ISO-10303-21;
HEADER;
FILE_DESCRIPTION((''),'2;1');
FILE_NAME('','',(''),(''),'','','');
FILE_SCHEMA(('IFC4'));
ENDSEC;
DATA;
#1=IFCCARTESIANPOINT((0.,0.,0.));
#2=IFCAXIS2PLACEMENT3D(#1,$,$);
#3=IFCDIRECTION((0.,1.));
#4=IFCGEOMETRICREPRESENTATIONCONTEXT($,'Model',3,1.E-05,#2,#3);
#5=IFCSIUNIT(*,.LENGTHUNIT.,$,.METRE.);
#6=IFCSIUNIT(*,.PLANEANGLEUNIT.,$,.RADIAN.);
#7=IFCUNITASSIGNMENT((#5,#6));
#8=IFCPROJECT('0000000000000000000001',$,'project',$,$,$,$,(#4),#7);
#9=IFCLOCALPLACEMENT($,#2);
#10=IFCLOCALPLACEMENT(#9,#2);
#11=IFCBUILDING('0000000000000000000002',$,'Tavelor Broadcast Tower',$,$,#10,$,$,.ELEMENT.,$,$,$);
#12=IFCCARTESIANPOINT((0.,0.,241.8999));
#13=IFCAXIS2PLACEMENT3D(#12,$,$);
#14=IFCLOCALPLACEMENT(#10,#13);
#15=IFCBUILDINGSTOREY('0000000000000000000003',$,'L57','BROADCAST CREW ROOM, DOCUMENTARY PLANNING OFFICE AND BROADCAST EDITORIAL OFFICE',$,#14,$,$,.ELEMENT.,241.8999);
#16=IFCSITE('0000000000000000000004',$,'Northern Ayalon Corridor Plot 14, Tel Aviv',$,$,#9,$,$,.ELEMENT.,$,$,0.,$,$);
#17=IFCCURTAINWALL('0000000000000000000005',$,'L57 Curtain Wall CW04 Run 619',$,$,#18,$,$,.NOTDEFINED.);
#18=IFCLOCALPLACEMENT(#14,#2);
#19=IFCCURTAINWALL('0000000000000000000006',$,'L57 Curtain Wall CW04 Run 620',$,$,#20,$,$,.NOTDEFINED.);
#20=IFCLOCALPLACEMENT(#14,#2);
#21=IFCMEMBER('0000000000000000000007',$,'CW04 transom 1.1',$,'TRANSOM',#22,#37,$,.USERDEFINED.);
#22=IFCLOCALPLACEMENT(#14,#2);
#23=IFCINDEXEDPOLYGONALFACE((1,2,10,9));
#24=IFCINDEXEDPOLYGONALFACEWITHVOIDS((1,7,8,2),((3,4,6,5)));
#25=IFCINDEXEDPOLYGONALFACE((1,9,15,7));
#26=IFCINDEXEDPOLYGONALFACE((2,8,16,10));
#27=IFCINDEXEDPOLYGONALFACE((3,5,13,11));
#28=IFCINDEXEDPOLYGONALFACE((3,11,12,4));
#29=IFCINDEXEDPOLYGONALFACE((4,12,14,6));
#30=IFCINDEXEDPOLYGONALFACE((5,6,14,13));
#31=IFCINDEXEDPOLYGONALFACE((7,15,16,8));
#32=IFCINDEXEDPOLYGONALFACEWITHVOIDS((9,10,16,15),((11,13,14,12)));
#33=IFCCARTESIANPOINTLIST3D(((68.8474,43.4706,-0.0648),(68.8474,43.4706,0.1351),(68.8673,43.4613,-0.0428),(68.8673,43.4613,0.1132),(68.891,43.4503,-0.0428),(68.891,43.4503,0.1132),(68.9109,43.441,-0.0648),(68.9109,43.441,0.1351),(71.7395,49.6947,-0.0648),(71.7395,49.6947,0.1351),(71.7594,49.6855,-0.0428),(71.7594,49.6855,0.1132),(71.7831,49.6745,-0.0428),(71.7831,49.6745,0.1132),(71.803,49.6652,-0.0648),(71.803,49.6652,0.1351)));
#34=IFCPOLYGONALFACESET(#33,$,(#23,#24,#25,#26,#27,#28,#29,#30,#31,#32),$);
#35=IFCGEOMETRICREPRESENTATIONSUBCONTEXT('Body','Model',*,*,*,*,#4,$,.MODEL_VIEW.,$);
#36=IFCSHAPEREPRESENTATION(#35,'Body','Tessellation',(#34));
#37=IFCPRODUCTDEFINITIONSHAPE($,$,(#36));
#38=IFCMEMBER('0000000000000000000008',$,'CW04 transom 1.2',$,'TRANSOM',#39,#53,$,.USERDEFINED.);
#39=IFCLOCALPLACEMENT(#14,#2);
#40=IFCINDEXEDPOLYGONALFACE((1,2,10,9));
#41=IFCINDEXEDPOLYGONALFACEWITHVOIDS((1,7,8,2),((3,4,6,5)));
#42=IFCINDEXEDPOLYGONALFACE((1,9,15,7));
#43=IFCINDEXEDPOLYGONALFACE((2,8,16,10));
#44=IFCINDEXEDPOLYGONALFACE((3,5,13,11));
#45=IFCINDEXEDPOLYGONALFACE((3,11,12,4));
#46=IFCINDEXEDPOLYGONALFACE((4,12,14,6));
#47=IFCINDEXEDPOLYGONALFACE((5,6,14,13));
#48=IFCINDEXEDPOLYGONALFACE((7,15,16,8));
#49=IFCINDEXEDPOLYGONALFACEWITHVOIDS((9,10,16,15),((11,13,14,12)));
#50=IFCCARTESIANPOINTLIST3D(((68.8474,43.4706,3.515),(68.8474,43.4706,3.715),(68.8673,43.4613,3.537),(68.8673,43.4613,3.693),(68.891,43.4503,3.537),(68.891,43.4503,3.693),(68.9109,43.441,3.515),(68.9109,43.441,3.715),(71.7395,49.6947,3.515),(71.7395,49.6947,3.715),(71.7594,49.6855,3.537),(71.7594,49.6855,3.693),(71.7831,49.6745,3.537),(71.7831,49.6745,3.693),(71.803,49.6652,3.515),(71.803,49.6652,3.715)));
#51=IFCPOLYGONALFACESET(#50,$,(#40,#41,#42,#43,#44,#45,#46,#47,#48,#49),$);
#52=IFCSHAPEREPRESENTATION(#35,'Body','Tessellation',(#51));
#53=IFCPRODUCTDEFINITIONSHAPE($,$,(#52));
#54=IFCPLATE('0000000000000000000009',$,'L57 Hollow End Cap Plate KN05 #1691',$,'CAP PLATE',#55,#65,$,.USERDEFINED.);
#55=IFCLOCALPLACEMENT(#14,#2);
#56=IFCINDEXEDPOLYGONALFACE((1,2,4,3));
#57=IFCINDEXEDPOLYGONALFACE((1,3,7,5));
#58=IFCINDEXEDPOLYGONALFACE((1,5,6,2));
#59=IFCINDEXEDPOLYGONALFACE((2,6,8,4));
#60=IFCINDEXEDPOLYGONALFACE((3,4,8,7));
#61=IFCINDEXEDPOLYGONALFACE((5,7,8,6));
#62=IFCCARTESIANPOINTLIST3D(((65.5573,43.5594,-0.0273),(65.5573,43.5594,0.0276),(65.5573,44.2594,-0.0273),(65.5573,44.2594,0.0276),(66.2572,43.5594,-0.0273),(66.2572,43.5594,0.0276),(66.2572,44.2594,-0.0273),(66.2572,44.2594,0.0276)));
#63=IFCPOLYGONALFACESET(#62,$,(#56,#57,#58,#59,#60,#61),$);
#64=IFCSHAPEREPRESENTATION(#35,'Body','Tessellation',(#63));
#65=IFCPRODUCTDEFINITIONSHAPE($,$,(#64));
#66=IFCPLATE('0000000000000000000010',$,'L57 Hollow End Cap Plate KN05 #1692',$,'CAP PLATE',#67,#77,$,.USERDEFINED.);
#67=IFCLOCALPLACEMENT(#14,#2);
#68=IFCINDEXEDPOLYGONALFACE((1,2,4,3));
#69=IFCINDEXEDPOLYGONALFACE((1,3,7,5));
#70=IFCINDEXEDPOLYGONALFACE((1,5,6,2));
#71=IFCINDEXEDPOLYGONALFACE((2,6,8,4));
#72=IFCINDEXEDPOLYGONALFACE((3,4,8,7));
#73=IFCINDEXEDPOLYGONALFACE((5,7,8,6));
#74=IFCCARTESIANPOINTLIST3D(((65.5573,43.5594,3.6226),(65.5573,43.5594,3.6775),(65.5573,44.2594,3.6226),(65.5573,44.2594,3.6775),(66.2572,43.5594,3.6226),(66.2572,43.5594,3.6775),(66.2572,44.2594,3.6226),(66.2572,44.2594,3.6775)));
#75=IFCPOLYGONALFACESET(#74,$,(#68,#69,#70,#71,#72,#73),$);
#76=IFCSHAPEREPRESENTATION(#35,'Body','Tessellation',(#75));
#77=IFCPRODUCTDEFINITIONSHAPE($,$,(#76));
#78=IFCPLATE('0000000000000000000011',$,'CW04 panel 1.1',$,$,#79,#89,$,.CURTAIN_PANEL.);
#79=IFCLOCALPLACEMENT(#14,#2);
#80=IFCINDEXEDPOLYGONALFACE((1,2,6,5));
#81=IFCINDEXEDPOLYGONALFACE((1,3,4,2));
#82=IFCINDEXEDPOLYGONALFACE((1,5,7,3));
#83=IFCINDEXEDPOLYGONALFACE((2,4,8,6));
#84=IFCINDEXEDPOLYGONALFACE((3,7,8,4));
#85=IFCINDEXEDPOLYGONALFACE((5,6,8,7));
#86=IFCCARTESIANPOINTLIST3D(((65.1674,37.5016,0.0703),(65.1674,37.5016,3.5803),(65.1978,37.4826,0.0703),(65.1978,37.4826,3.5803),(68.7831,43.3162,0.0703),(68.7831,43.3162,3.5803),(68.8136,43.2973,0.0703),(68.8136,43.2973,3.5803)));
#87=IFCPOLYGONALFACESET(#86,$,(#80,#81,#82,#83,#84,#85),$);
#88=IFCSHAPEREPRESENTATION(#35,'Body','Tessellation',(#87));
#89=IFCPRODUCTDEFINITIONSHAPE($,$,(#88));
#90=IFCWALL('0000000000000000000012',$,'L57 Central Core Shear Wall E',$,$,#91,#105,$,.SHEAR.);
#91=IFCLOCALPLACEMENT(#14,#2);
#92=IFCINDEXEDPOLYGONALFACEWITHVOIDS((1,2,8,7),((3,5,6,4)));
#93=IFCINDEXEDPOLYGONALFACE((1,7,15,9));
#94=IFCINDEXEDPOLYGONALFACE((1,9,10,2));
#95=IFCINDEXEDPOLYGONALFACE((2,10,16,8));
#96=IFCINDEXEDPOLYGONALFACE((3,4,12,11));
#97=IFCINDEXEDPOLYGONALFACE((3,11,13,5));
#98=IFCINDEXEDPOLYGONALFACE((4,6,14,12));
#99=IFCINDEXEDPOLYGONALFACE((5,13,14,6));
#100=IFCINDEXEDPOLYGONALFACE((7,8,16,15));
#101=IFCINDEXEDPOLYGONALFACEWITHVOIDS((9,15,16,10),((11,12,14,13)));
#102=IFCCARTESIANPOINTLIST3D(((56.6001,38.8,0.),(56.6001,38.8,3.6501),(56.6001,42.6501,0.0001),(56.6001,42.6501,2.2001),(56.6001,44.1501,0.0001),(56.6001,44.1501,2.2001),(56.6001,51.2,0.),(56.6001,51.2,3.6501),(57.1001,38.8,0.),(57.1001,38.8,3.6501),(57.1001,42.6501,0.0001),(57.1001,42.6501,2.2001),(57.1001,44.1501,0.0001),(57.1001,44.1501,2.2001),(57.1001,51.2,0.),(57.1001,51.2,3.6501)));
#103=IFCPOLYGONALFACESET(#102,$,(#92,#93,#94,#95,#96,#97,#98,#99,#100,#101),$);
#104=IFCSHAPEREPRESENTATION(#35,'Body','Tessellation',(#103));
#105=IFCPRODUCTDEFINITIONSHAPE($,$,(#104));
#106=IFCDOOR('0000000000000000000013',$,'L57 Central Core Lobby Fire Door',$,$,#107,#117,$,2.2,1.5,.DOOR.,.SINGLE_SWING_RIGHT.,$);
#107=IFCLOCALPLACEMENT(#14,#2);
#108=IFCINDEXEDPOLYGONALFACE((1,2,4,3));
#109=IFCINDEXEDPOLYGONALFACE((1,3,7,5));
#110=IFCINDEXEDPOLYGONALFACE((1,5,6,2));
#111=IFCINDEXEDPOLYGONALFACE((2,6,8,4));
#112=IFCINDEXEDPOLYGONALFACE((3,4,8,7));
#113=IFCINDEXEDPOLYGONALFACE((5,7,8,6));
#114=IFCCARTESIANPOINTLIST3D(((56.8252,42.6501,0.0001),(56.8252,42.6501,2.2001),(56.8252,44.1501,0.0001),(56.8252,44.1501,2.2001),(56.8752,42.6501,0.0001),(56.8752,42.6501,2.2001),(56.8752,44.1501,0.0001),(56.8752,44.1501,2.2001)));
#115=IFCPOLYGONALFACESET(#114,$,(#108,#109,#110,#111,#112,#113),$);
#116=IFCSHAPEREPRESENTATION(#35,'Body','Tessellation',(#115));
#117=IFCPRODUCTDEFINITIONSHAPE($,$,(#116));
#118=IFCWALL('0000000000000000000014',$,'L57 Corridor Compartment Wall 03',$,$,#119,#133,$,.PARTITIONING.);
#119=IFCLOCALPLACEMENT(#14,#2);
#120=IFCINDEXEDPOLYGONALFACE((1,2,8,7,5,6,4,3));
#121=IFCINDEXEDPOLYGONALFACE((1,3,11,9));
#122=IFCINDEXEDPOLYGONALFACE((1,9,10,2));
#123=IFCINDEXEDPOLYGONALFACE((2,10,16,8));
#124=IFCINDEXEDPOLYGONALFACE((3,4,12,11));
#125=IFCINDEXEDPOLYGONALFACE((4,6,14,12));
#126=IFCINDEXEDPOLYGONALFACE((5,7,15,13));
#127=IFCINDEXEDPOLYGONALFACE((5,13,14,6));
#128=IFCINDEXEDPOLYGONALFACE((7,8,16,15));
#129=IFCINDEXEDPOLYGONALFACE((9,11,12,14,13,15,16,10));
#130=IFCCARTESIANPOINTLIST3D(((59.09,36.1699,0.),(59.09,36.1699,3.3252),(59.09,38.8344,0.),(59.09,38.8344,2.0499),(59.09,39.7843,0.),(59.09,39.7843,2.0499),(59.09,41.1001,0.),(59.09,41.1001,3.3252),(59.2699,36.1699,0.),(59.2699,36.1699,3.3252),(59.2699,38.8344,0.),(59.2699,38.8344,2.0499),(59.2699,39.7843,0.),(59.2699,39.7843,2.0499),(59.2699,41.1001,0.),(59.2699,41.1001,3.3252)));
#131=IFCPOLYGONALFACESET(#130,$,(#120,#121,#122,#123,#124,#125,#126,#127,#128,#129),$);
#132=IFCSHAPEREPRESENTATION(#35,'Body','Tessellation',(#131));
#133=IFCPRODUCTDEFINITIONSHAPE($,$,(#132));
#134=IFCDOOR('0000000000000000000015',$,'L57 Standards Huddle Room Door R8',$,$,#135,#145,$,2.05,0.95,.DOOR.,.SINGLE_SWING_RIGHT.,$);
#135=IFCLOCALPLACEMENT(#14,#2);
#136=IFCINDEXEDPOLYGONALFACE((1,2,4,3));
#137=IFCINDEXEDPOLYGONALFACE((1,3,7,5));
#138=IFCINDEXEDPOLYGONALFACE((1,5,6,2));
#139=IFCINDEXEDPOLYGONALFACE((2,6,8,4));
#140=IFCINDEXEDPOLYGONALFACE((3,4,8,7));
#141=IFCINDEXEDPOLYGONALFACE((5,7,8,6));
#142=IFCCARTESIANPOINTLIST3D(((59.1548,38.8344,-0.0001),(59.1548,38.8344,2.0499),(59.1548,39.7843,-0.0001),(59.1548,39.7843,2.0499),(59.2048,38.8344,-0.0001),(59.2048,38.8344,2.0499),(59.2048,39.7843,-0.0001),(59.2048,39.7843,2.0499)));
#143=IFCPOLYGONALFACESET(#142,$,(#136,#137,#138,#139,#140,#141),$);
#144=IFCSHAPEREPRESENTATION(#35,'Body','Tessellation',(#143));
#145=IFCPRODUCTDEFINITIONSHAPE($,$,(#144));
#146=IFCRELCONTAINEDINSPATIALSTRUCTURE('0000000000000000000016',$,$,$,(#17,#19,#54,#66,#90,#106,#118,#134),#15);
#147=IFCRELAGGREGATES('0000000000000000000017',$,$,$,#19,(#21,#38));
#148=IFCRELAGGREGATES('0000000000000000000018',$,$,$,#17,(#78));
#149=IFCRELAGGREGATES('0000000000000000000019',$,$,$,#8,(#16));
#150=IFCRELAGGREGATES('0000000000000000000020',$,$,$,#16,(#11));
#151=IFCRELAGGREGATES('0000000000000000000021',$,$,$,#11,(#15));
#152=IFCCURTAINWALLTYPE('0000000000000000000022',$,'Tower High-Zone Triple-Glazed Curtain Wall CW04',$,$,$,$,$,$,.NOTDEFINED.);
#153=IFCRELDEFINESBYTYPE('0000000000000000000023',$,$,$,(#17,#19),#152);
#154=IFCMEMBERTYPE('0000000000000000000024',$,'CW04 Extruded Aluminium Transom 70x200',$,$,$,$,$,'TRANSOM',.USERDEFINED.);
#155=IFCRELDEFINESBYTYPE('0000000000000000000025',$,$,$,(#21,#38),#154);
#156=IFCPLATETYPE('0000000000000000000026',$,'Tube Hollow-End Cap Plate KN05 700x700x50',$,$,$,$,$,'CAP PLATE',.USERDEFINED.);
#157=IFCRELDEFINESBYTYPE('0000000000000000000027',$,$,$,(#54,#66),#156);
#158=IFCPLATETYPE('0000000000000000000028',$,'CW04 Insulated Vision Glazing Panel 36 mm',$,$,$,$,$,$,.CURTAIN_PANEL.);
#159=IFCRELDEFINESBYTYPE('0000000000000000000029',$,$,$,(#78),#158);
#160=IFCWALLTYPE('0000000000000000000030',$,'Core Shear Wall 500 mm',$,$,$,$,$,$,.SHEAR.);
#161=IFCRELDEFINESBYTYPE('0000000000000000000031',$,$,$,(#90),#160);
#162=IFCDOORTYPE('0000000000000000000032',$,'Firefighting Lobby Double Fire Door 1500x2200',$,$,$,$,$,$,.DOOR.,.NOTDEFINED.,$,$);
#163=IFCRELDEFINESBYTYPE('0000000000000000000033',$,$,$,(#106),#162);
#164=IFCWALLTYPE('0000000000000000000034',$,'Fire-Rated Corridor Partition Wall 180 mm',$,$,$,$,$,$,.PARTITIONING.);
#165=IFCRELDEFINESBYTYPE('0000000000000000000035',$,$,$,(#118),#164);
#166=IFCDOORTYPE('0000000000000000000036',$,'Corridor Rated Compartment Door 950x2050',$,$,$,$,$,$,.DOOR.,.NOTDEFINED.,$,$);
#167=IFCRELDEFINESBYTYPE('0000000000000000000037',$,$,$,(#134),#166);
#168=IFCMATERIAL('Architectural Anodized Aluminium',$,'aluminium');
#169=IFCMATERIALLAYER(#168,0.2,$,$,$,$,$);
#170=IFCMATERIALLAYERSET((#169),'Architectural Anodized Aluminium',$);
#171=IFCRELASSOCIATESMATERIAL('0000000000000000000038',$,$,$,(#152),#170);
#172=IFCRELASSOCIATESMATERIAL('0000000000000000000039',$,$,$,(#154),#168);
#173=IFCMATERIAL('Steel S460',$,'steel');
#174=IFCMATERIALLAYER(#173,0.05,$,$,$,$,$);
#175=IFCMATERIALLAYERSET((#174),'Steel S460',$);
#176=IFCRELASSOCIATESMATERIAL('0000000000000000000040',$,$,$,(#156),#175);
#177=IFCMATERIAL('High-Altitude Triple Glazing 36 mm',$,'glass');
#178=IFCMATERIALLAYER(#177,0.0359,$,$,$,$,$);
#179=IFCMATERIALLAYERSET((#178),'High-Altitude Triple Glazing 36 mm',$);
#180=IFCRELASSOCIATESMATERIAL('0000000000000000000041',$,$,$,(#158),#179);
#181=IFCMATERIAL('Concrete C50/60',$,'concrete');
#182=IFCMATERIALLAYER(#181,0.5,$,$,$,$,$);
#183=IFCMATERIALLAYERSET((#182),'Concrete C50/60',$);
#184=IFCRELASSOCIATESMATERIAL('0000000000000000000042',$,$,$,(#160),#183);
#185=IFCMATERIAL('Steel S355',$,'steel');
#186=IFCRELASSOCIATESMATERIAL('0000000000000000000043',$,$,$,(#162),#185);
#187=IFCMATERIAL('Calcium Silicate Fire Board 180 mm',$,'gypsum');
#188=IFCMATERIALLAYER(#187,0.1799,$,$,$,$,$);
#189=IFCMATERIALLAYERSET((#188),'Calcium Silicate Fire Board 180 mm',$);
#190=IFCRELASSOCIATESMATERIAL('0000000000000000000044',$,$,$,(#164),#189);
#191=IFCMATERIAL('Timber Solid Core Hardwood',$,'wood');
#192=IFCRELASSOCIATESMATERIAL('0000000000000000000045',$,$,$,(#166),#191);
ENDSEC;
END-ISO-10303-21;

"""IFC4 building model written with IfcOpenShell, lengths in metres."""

from ifc_helpers import new_model, si_unit, direction, frame, frame_2d, origin, origin_2d, place, context, subcontext, project, spatial, rectangle, hollow_rectangle, extrude, source, transform, mapped, material, layer, layer_set, material_profile, profile_set, type_object, type_shapes, element, fill, aggregate, save


model = new_model("IFC4")

# Units and contexts
model_context = context("Model", 3, precision=1e-05, world=origin(), true_north=direction((0.0, 1.0)))
body_context = subcontext(model_context, "Body", "Model", "MODEL_VIEW")
ifc_project = project(units=[si_unit("LENGTHUNIT", "METRE"), si_unit("PLANEANGLEUNIT", "RADIAN")], contexts=[model_context])

# Site, building, storey
site_placement = place(None, origin())
site = spatial("IfcSite", under=ifc_project, at=site_placement, Name="Northern Ayalon Corridor Plot 14, Tel Aviv", CompositionType="ELEMENT", RefElevation=0.0)
building_placement = place(site_placement, origin())
building = spatial("IfcBuilding", under=site, at=building_placement, Name="Tavelor Broadcast Tower", CompositionType="ELEMENT")
storey_placement = place(building_placement, frame((0.0, 0.0, 241.8999)))
storey = spatial("IfcBuildingStorey", under=building, at=storey_placement, Name="L57", Description="BROADCAST CREW ROOM, DOCUMENTARY PLANNING OFFICE AND BROADCAST EDITORIAL OFFICE", CompositionType="ELEMENT", Elevation=241.8999)

# Shared definitions
ifc_material_1 = material(Name="Concrete C50/60", Category="concrete")
ifc_material_2 = material(Name="Steel S460", Category="steel")

# Shared definitions
ifc_material_3 = material(Name="Steel S355", Category="steel")

# Curtain wall
ifc_material_4 = material(Name="Architectural Anodized Aluminium", Category="aluminium")
ifc_layer_1 = layer(ifc_material_4, 0.2)
ifc_layer_set_1 = layer_set([ifc_layer_1], Name="Architectural Anodized Aluminium")
curtain_wall_type = type_object("IfcCurtainWallType", Name="Tower High-Zone Triple-Glazed Curtain Wall CW04", PredefinedType="NOTDEFINED", material=ifc_layer_set_1)
curtain_wall_1_placement = place(storey_placement, origin())
curtain_wall_1 = element("IfcCurtainWall", 1, at=curtain_wall_1_placement, inside=storey, type_object=curtain_wall_type, Name="L57 Curtain Wall CW04 Run 619", PredefinedType="NOTDEFINED")

# Curtain wall, members
curtain_wall_2_placement = place(storey_placement, origin())
curtain_wall_2 = element("IfcCurtainWall", 2, at=curtain_wall_2_placement, inside=storey, type_object=curtain_wall_type, Name="L57 Curtain Wall CW04 Run 620", PredefinedType="NOTDEFINED")
ifc_material_profile_1 = material_profile(ifc_material_4, hollow_rectangle(XDim=0.0701, YDim=0.2, WallThickness=0.022, at=origin_2d()), Name="RHS 70x200x22")
ifc_profile_set_1 = profile_set([ifc_material_profile_1], Name="Architectural Anodized Aluminium")
member_type_1 = type_object("IfcMemberType", Name="CW04 Extruded Aluminium Transom 70x200", ElementType="TRANSOM", PredefinedType="USERDEFINED", material=ifc_profile_set_1)
shared_shape_1 = source(origin(), body_context, "Body", "SweptSolid", [
    extrude(hollow_rectangle(XDim=0.0701, YDim=0.2, WallThickness=0.022, at=origin_2d()), origin(), (0.0, 0.0, 1.0), 6.8633),
])
type_shapes(member_type_1, [shared_shape_1])
member_1_placement = place(storey_placement, frame((68.8792, 43.4558, 0.0352), z_axis=(0.421389, 0.90688, 0.0), x_axis=(-0.90688, 0.421389, 0.0)))
member_1 = element("IfcMember", 3, at=member_1_placement, type_object=member_type_1, Name="CW04 transom 1.1", ObjectType="TRANSOM", PredefinedType="USERDEFINED", context=body_context, shape_type="MappedRepresentation", body=[
    mapped(shared_shape_1, transform((0.0, 0.0, 0.0), scale=1.0)),
])
member_2_placement = place(storey_placement, frame((68.8792, 43.4558, 3.615), z_axis=(0.421389, 0.90688, 0.0), x_axis=(-0.90688, 0.421389, 0.0)))
member_2 = element("IfcMember", 4, at=member_2_placement, type_object=member_type_1, Name="CW04 transom 1.2", ObjectType="TRANSOM", PredefinedType="USERDEFINED", context=body_context, shape_type="MappedRepresentation", body=[
    mapped(shared_shape_1, transform((0.0, 0.0, 0.0), scale=1.0)),
])
aggregate(curtain_wall_2, [member_1, member_2])

# Plates
ifc_layer_2 = layer(ifc_material_2, 0.05)
ifc_layer_set_2 = layer_set([ifc_layer_2], Name="Steel S460")
plate_type_1 = type_object("IfcPlateType", Name="Tube Hollow-End Cap Plate KN05 700x700x50", ElementType="CAP PLATE", PredefinedType="USERDEFINED", material=ifc_layer_set_2)
shared_shape_2 = source(origin(), body_context, "Body", "SweptSolid", [
    extrude(rectangle(XDim=0.7, YDim=0.7, at=origin_2d()), origin(), (0.0, 0.0, 1.0), 0.0549),
])
type_shapes(plate_type_1, [shared_shape_2])
for number, where, z_axis, x_axis, name in (
    (5, (65.9072, 43.9094, -0.0273), (0.0, 0.0, 1.0), (1.0, 0.0, 0.0), "L57 Hollow End Cap Plate KN05 #1691"),
    (6, (65.9072, 43.9094, 3.6226), (0.0, 0.0, 1.0), (1.0, 0.0, 0.0), "L57 Hollow End Cap Plate KN05 #1692"),
):
    element("IfcPlate", number, at=place(storey_placement, frame(where, z_axis=z_axis, x_axis=x_axis)), inside=storey, type_object=plate_type_1, Name=name, ObjectType="CAP PLATE", PredefinedType="USERDEFINED", context=body_context, shape_type="MappedRepresentation", body=[
        mapped(shared_shape_2, transform((0.0, 0.0, 0.0), scale=1.0)),
    ])

# Plate
ifc_material_5 = material(Name="High-Altitude Triple Glazing 36 mm", Category="glass")
ifc_layer_3 = layer(ifc_material_5, 0.0359)
ifc_layer_set_3 = layer_set([ifc_layer_3], Name="High-Altitude Triple Glazing 36 mm")
plate_type_2 = type_object("IfcPlateType", Name="CW04 Insulated Vision Glazing Panel 36 mm", PredefinedType="CURTAIN_PANEL", material=ifc_layer_set_3)
shared_shape_3 = source(origin(), body_context, "Body", "SweptSolid", [
    extrude(rectangle(XDim=6.8472, YDim=0.0359, at=origin_2d()), origin(), (0.0, 0.0, 1.0), 3.51),
])
type_shapes(plate_type_2, [shared_shape_3])
plate_placement = place(storey_placement, frame((66.9905, 40.3994, 0.0703), z_axis=(0.0, 0.0, 1.0), x_axis=(0.528069, 0.849201, 0.0)))
plate = element("IfcPlate", 7, at=plate_placement, type_object=plate_type_2, Name="CW04 panel 1.1", PredefinedType="CURTAIN_PANEL", context=body_context, shape_type="MappedRepresentation", body=[
    mapped(shared_shape_3, transform((0.0, 0.0, 0.0), scale=1.0)),
])
aggregate(curtain_wall_1, [plate])

# Walls, openings, doors
ifc_layer_4 = layer(ifc_material_1, 0.5)
ifc_layer_set_4 = layer_set([ifc_layer_4], Name="Concrete C50/60")
wall_type_1 = type_object("IfcWallType", Name="Core Shear Wall 500 mm", PredefinedType="SHEAR", material=ifc_layer_set_4)
wall_1_placement = place(storey_placement, frame((56.8501, 38.8, 0.0), z_axis=(0.0, 0.0, 1.0), x_axis=(0.0, 1.0, 0.0)))
wall_1 = element("IfcWall", 8, at=wall_1_placement, inside=storey, type_object=wall_type_1, Name="L57 Central Core Shear Wall E", PredefinedType="SHEAR", context=body_context, shape_type="SweptSolid", body=[
    extrude(rectangle(XDim=12.3999, YDim=0.5, at=frame_2d((6.2, 0.0))), origin(), (0.0, 0.0, 1.0), 3.6501),
])
opening_1_placement = place(wall_1_placement, frame((3.8501, 0.0, 0.0)))
opening_1 = element("IfcOpeningElement", 9, at=opening_1_placement, cuts=wall_1, PredefinedType="OPENING", context=body_context, shape_type="SweptSolid", body=[
    extrude(rectangle(XDim=1.5, YDim=2.2, at=frame_2d((0.75, 1.1001))), frame((0.0, 0.26, 0.0), z_axis=(0.0, -1.0, 0.0), x_axis=(1.0, 0.0, 0.0)), (0.0, 0.0, 1.0), 0.52),
])
door_type_1 = type_object("IfcDoorType", Name="Firefighting Lobby Double Fire Door 1500x2200", OperationType="NOTDEFINED", PredefinedType="DOOR", material=ifc_material_3)
door_1_placement = place(opening_1_placement, origin())
door_1 = element("IfcDoor", 10, at=door_1_placement, inside=storey, type_object=door_type_1, Name="L57 Central Core Lobby Fire Door", OperationType="SINGLE_SWING_RIGHT", OverallHeight=2.2, OverallWidth=1.5, PredefinedType="DOOR", context=body_context, shape_type="SweptSolid", body=[
    extrude(rectangle(XDim=1.5, YDim=2.2, at=frame_2d((0.75, 1.1001))), frame((0.0, 0.0249, 0.0), z_axis=(0.0, -1.0, 0.0), x_axis=(1.0, 0.0, 0.0)), (0.0, 0.0, 1.0), 0.05),
])
fill(opening_1, door_1)
ifc_material_6 = material(Name="Calcium Silicate Fire Board 180 mm", Category="gypsum")
ifc_layer_5 = layer(ifc_material_6, 0.1799)
ifc_layer_set_5 = layer_set([ifc_layer_5], Name="Calcium Silicate Fire Board 180 mm")
wall_type_2 = type_object("IfcWallType", Name="Fire-Rated Corridor Partition Wall 180 mm", PredefinedType="PARTITIONING", material=ifc_layer_set_5)
wall_2_placement = place(storey_placement, frame((59.1799, 41.1001, 0.0), z_axis=(0.0, 0.0, 1.0), x_axis=(0.0, -1.0, 0.0)))
wall_2 = element("IfcWall", 11, at=wall_2_placement, inside=storey, type_object=wall_type_2, Name="L57 Corridor Compartment Wall 03", PredefinedType="PARTITIONING", context=body_context, shape_type="SweptSolid", body=[
    extrude(rectangle(XDim=4.9302, YDim=0.1799, at=frame_2d((2.4651, 0.0))), origin(), (0.0, 0.0, 1.0), 3.3252),
])
opening_2_placement = place(wall_2_placement, frame((1.3157, 0.0, 0.0)))
opening_2 = element("IfcOpeningElement", 12, at=opening_2_placement, cuts=wall_2, PredefinedType="OPENING", context=body_context, shape_type="SweptSolid", body=[
    extrude(rectangle(XDim=0.95, YDim=2.05, at=frame_2d((0.4751, 1.0249))), frame((0.0, 0.1001, 0.0), z_axis=(0.0, -1.0, 0.0), x_axis=(1.0, 0.0, 0.0)), (0.0, 0.0, 1.0), 0.2),
])
ifc_material_7 = material(Name="Timber Solid Core Hardwood", Category="wood")
door_type_2 = type_object("IfcDoorType", Name="Corridor Rated Compartment Door 950x2050", OperationType="NOTDEFINED", PredefinedType="DOOR", material=ifc_material_7)
door_2_placement = place(opening_2_placement, origin())
door_2 = element("IfcDoor", 13, at=door_2_placement, inside=storey, type_object=door_type_2, Name="L57 Standards Huddle Room Door R8", OperationType="SINGLE_SWING_RIGHT", OverallHeight=2.05, OverallWidth=0.95, PredefinedType="DOOR", context=body_context, shape_type="SweptSolid", body=[
    extrude(rectangle(XDim=0.95, YDim=2.05, at=frame_2d((0.4751, 1.0249))), frame((0.0, 0.0249, 0.0), z_axis=(0.0, -1.0, 0.0), x_axis=(1.0, 0.0, 0.0)), (0.0, 0.0, 1.0), 0.05),
])
fill(opening_2, door_2)

save(model, "model.ifc")
